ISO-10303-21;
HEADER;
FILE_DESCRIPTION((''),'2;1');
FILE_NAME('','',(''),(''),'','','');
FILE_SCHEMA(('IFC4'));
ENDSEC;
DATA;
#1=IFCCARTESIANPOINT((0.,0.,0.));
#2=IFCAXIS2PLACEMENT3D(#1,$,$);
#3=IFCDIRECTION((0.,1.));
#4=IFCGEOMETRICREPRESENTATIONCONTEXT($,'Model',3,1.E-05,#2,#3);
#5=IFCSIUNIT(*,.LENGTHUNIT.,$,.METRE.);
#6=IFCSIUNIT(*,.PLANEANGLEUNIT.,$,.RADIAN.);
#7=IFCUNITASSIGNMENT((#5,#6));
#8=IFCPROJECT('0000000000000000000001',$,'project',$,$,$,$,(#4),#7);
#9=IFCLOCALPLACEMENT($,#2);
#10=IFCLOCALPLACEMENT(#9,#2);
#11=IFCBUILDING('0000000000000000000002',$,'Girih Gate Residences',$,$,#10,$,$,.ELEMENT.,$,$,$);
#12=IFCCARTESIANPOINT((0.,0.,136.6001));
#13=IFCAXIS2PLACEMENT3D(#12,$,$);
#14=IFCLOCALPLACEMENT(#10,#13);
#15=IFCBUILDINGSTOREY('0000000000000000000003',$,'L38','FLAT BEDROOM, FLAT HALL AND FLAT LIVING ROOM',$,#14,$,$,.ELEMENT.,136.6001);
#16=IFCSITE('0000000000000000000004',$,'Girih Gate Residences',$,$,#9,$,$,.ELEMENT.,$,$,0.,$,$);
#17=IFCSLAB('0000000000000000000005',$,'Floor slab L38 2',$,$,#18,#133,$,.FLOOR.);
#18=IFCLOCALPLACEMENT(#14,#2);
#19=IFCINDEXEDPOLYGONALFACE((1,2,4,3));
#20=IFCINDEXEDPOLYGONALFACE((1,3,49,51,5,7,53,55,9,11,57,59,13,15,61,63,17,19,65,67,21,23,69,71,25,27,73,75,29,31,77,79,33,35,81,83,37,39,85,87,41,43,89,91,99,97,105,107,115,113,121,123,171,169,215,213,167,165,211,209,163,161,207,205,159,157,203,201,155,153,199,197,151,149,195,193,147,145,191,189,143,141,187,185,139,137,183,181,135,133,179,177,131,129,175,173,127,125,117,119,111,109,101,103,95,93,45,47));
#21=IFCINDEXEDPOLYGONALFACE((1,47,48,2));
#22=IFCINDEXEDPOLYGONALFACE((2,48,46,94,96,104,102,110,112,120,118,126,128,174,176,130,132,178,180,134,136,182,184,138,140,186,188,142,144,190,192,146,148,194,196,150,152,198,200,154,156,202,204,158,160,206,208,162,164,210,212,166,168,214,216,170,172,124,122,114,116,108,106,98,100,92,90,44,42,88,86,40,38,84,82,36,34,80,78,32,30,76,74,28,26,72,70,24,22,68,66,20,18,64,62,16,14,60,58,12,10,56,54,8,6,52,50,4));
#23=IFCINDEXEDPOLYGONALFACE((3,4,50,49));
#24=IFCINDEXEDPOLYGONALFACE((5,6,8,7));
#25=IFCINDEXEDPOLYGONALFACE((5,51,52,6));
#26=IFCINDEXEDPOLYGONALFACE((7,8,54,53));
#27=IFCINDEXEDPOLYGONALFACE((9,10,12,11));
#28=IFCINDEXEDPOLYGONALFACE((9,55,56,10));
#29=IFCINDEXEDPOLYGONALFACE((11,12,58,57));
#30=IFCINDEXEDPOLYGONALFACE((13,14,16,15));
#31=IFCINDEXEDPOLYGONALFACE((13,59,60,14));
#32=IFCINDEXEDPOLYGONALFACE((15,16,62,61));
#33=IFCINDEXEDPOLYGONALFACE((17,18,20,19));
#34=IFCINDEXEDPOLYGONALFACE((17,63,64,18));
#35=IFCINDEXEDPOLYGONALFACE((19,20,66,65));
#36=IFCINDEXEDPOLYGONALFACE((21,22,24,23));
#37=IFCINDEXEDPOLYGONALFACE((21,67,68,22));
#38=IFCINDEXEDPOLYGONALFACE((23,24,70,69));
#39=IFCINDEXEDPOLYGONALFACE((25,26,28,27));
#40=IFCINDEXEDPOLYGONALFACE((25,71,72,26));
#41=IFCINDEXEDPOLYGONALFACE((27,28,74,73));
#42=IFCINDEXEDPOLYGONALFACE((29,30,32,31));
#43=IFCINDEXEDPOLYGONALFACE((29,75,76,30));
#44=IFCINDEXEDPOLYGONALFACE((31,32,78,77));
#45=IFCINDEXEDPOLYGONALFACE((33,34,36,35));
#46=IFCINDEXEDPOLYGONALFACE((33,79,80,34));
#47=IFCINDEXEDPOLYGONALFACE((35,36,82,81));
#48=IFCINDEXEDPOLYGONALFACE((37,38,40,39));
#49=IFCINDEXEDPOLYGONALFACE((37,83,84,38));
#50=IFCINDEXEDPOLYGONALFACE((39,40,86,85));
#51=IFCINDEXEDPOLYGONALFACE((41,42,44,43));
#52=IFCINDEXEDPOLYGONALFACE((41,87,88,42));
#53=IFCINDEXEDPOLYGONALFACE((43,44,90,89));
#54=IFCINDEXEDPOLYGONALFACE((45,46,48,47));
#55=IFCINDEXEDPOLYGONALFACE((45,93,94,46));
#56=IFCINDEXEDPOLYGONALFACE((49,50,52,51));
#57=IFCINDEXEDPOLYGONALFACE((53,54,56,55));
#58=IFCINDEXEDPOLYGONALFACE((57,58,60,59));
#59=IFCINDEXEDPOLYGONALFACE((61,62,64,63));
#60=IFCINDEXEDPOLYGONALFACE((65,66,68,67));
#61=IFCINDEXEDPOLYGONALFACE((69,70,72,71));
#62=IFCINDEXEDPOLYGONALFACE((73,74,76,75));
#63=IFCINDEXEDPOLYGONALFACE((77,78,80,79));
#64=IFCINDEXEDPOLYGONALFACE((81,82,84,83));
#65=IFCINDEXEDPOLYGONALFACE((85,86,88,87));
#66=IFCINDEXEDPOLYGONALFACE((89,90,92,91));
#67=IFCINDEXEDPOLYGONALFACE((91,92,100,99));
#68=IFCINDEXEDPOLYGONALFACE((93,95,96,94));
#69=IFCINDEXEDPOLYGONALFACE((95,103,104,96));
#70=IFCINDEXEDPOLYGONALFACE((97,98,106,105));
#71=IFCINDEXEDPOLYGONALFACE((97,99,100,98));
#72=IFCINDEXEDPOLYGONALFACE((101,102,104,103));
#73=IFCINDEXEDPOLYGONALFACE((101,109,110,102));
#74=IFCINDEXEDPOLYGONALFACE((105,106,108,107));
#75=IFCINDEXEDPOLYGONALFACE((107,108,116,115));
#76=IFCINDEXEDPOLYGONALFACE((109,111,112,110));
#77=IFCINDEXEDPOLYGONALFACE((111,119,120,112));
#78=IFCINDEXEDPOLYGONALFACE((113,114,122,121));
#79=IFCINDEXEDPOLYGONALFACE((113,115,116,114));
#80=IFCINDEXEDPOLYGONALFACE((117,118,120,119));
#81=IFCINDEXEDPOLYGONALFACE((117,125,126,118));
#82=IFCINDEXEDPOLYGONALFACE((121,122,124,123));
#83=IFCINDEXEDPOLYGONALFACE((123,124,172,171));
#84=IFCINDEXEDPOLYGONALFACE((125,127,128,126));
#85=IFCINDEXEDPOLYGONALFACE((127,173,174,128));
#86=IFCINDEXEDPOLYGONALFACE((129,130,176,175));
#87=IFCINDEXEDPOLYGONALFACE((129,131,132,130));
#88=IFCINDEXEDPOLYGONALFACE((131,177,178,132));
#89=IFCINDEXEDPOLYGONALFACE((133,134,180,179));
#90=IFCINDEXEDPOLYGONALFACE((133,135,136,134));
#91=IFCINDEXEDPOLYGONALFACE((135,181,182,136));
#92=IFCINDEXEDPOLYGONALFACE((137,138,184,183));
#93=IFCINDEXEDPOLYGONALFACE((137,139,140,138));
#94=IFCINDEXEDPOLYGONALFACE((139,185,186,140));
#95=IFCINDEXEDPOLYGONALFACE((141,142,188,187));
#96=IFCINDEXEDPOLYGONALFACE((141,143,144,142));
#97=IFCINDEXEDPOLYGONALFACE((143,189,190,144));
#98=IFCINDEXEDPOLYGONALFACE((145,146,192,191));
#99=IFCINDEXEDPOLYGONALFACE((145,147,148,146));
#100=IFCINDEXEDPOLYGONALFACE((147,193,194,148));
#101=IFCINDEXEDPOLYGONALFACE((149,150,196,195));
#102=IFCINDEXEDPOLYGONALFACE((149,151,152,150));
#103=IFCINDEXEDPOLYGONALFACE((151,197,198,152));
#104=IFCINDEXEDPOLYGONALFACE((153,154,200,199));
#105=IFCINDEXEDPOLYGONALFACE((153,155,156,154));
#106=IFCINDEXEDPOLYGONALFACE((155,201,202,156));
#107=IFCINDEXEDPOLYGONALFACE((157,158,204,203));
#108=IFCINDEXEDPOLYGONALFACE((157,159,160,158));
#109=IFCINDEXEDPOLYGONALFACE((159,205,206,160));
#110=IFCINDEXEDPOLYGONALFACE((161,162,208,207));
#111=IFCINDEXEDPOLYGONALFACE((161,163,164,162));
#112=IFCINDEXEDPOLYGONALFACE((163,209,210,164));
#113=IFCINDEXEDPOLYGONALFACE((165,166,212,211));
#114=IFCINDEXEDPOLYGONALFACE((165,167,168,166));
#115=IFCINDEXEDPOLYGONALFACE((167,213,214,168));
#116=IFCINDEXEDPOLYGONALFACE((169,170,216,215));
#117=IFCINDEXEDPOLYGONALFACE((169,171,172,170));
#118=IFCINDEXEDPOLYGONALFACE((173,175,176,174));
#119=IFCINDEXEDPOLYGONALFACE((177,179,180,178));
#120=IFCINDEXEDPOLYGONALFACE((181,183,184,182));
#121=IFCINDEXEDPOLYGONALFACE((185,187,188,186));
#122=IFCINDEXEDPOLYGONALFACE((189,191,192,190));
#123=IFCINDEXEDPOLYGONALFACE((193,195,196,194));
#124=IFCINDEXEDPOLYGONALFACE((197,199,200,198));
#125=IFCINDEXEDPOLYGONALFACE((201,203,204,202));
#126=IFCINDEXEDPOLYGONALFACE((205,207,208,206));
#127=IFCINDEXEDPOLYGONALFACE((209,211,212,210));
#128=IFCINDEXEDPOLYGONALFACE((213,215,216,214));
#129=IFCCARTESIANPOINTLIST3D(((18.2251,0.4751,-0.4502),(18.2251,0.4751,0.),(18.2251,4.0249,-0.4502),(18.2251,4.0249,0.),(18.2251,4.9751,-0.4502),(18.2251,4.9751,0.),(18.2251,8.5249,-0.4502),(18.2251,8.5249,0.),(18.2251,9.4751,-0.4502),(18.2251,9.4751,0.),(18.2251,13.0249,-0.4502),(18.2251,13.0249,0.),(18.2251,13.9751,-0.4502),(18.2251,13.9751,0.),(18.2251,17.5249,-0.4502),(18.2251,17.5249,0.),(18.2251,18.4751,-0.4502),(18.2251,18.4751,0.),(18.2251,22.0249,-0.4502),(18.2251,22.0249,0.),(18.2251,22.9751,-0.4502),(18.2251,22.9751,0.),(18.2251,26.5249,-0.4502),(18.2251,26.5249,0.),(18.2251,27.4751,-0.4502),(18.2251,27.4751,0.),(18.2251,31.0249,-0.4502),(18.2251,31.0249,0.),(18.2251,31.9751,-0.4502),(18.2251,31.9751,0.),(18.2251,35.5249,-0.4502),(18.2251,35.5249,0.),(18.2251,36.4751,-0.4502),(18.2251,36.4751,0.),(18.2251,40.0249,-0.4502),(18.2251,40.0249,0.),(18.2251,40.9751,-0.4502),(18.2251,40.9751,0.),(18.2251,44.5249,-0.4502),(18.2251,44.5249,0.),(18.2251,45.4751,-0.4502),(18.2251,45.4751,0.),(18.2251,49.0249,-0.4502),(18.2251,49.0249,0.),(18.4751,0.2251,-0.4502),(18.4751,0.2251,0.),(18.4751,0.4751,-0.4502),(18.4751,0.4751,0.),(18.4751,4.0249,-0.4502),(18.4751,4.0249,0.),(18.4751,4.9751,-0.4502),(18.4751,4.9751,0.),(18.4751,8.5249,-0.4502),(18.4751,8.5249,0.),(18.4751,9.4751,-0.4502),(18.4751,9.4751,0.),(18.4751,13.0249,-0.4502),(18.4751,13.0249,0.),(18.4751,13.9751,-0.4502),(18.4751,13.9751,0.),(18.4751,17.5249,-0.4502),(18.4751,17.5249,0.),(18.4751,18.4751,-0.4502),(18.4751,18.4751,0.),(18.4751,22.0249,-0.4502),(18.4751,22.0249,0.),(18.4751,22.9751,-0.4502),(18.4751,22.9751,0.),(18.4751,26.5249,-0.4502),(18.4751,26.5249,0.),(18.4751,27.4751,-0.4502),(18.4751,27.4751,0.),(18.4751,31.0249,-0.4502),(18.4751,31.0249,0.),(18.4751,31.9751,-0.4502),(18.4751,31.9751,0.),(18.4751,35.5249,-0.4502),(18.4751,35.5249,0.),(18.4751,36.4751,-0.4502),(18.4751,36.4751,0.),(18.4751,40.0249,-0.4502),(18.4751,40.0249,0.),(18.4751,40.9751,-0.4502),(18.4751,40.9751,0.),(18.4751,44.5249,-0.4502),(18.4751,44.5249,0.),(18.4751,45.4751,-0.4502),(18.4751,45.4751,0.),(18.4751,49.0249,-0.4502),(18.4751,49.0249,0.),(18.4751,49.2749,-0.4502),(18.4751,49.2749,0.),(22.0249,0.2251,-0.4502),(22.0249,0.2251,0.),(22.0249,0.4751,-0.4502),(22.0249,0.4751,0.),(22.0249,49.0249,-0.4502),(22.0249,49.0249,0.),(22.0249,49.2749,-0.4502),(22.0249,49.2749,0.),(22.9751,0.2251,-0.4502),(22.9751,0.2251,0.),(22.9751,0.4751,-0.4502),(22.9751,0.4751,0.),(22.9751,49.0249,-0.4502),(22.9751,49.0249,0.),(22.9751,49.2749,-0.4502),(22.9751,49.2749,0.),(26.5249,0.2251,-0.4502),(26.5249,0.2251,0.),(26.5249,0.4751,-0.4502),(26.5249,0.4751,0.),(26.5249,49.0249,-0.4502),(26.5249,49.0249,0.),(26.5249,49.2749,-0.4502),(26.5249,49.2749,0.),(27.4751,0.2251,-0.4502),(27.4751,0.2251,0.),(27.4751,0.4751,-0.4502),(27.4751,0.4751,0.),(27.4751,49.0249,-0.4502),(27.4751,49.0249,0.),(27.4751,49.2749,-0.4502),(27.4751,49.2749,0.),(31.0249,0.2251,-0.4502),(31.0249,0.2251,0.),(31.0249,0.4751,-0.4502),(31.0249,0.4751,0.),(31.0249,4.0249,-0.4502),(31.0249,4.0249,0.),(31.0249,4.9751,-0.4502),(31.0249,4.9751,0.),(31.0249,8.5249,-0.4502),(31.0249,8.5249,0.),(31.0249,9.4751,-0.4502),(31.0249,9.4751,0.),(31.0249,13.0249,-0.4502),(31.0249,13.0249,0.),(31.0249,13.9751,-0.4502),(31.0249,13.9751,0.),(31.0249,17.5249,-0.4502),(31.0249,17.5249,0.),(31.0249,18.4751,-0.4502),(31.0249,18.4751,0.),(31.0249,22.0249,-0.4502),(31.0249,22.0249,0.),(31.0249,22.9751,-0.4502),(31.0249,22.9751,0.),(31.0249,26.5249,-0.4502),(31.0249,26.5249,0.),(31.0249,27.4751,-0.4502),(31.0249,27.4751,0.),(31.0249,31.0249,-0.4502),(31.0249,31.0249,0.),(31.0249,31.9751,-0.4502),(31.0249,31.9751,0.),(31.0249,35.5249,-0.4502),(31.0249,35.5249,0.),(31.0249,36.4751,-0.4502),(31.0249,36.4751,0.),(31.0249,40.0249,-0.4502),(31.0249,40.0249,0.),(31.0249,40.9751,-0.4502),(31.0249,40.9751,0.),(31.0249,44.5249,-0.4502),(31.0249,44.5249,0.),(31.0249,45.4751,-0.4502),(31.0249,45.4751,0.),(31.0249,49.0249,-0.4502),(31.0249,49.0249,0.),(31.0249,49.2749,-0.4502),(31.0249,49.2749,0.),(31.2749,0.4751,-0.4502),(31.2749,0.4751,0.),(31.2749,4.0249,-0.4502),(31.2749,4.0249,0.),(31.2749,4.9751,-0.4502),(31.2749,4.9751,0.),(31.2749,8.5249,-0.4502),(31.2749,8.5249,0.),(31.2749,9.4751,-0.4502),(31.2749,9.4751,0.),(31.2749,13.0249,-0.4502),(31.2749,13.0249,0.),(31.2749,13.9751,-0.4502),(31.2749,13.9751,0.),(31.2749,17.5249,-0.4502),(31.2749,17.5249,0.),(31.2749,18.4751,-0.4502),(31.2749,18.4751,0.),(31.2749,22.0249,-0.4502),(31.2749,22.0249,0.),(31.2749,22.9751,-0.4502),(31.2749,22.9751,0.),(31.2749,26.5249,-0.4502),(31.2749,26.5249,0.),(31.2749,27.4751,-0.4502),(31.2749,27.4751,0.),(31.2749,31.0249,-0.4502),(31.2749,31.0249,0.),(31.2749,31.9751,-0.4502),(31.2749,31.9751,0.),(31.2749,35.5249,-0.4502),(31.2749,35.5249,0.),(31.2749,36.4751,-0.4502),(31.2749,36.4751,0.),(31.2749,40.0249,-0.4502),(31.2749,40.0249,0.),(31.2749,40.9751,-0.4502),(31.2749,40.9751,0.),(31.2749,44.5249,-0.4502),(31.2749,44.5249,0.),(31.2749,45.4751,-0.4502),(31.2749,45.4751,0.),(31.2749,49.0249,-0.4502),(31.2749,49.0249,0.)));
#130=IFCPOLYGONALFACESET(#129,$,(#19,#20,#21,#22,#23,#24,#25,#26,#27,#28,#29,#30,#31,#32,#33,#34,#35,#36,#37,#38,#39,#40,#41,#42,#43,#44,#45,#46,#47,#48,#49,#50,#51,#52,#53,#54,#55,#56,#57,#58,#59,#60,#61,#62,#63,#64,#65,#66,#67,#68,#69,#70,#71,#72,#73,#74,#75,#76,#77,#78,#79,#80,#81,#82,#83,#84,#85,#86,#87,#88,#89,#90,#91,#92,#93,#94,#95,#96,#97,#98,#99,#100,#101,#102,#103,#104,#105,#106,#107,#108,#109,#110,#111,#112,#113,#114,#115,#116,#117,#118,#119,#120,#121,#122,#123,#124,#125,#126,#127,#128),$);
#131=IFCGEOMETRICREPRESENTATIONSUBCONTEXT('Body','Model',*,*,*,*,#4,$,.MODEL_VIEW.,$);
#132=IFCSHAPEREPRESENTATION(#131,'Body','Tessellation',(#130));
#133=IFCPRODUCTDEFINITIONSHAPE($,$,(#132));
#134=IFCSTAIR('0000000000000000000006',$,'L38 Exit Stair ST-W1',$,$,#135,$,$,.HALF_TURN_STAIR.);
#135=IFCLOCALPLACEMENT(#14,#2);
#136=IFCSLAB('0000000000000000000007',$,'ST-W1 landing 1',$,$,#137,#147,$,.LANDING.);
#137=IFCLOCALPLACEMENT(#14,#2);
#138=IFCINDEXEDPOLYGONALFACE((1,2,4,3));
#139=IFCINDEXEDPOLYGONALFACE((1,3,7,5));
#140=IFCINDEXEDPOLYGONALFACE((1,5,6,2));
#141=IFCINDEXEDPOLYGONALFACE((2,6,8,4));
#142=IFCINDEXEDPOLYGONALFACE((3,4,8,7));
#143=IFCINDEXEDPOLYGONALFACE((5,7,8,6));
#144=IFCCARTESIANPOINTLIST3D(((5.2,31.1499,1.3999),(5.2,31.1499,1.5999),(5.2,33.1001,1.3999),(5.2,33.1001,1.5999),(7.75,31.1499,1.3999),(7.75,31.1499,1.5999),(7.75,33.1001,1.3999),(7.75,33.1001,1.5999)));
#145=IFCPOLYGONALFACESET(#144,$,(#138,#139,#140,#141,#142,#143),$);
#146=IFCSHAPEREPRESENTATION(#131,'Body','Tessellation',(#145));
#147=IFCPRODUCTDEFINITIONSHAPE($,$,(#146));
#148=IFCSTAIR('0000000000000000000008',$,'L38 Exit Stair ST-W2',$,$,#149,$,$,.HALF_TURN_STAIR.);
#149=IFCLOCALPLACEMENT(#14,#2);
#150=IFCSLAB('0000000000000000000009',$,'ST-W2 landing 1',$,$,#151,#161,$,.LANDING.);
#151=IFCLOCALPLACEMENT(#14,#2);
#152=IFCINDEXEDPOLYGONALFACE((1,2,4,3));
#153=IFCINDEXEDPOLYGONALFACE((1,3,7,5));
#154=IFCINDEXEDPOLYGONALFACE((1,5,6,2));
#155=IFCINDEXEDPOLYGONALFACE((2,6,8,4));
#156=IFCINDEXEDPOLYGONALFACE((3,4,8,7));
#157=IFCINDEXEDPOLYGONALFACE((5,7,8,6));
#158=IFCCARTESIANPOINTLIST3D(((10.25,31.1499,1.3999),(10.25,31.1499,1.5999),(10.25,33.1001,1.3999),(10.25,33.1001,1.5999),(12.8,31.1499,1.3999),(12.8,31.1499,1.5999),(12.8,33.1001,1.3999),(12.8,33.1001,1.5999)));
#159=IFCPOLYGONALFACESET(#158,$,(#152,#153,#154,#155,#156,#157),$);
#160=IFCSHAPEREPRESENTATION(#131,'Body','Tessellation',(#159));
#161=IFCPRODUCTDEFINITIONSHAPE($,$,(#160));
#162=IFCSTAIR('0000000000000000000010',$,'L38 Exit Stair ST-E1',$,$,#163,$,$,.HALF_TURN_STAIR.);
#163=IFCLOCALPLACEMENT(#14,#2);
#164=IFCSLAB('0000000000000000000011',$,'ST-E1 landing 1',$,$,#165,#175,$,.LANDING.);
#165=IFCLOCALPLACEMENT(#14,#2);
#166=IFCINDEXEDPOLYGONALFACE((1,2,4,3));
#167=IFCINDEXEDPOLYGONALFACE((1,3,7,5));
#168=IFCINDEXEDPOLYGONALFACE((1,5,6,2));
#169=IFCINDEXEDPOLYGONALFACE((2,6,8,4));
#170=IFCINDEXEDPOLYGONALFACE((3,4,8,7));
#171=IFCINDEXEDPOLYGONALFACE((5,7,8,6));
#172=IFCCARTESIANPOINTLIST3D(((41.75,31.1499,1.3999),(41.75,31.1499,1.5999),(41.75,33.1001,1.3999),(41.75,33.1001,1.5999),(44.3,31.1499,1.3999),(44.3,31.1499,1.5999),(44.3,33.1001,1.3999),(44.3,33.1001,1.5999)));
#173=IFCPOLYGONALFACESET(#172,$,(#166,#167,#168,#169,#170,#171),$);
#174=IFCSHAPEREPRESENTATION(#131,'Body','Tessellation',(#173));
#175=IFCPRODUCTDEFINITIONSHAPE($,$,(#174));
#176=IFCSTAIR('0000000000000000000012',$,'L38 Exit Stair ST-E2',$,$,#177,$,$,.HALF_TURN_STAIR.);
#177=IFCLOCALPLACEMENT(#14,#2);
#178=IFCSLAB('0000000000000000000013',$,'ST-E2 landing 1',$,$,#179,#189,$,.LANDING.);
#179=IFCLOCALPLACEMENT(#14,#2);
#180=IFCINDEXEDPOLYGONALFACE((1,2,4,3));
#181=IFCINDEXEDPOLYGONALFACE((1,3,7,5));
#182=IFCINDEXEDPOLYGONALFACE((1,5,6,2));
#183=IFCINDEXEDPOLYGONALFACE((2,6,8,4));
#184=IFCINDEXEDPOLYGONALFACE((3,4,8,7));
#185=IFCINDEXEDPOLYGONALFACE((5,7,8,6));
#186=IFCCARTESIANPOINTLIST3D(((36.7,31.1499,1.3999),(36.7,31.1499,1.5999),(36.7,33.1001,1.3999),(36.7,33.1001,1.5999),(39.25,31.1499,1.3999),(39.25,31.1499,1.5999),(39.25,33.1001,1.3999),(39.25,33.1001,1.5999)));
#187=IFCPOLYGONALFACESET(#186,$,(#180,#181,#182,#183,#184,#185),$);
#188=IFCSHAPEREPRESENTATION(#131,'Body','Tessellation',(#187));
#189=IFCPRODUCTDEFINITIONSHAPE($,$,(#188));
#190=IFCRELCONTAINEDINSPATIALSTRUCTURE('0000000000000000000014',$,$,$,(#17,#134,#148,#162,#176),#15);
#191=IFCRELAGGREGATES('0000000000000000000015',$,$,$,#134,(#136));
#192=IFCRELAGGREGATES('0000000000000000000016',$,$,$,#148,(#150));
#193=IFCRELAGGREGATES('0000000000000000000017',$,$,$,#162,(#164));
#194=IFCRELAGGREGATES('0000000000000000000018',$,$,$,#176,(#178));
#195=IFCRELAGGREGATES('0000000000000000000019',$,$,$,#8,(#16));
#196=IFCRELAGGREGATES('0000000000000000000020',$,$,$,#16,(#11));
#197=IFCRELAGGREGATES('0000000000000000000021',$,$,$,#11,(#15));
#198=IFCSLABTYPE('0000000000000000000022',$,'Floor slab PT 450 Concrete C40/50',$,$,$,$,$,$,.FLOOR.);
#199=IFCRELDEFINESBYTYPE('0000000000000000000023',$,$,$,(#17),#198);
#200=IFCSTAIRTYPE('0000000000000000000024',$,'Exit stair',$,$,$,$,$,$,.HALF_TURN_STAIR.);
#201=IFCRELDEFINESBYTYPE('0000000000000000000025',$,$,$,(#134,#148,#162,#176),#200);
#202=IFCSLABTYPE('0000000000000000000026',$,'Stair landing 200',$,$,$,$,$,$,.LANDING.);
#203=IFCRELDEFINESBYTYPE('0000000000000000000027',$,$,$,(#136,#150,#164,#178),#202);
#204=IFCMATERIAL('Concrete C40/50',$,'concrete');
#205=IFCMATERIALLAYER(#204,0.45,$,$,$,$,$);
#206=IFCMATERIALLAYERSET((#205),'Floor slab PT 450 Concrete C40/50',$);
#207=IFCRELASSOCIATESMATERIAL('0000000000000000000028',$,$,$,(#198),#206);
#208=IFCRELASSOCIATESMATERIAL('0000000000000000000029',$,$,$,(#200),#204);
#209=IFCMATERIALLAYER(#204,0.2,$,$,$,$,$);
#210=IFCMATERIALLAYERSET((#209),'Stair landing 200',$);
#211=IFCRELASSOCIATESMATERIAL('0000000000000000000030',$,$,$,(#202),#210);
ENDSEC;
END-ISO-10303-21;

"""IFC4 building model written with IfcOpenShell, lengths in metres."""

from ifc_helpers import new_model, si_unit, direction, frame, origin, place, context, subcontext, project, spatial, polyline, outline, extrude, material, layer, layer_set, type_object, element, aggregate, save


model = new_model("IFC4")

# Units and contexts
model_context = context("Model", 3, precision=1e-05, world=origin(), true_north=direction((0.0, 1.0)))
body_context = subcontext(model_context, "Body", "Model", "MODEL_VIEW")
ifc_project = project(units=[si_unit("LENGTHUNIT", "METRE"), si_unit("PLANEANGLEUNIT", "RADIAN")], contexts=[model_context])

# Site, building, storey
site_placement = place(None, origin())
site = spatial("IfcSite", under=ifc_project, at=site_placement, Name="Girih Gate Residences", CompositionType="ELEMENT", RefElevation=0.0)
building_placement = place(site_placement, origin())
building = spatial("IfcBuilding", under=site, at=building_placement, Name="Girih Gate Residences", CompositionType="ELEMENT")
storey_placement = place(building_placement, frame((0.0, 0.0, 136.6001)))
storey = spatial("IfcBuildingStorey", under=building, at=storey_placement, Name="L38", Description="FLAT BEDROOM, FLAT HALL AND FLAT LIVING ROOM", CompositionType="ELEMENT", Elevation=136.6001)

# Slab
ifc_material_1 = material(Name="Concrete C40/50", Category="concrete")
ifc_layer_1 = layer(ifc_material_1, 0.45)
ifc_layer_set_1 = layer_set([ifc_layer_1], Name="Floor slab PT 450 Concrete C40/50")
slab_type_1 = type_object("IfcSlabType", Name="Floor slab PT 450 Concrete C40/50", PredefinedType="FLOOR", material=ifc_layer_set_1)
slab_1_placement = place(storey_placement, frame((0.0, 0.0, -0.4502)))
element("IfcSlab", 1, at=slab_1_placement, inside=storey, type_object=slab_type_1, Name="Floor slab L38 2", PredefinedType="FLOOR", context=body_context, shape_type="SweptSolid", body=[
    extrude(outline(polyline([(22.0249, 49.2749), (18.4751, 49.2749), (18.4751, 49.0249), (18.2251, 49.0249), (18.2251, 45.4751), (18.4751, 45.4751), (18.4751, 44.5249), (18.2251, 44.5249), (18.2251, 40.9751), (18.4751, 40.9751), (18.4751, 40.0249), (18.2251, 40.0249), (18.2251, 36.4751), (18.4751, 36.4751), (18.4751, 35.5249), (18.2251, 35.5249), (18.2251, 31.9751), (18.4751, 31.9751), (18.4751, 31.0249), (18.2251, 31.0249), (18.2251, 27.4751), (18.4751, 27.4751), (18.4751, 26.5249), (18.2251, 26.5249), (18.2251, 22.9751), (18.4751, 22.9751), (18.4751, 22.0249), (18.2251, 22.0249), (18.2251, 18.4751), (18.4751, 18.4751), (18.4751, 17.5249), (18.2251, 17.5249), (18.2251, 13.9751), (18.4751, 13.9751), (18.4751, 13.0249), (18.2251, 13.0249), (18.2251, 9.4751), (18.4751, 9.4751), (18.4751, 8.5249), (18.2251, 8.5249), (18.2251, 4.9751), (18.4751, 4.9751), (18.4751, 4.0249), (18.2251, 4.0249), (18.2251, 0.4751), (18.4751, 0.4751), (18.4751, 0.2251), (22.0249, 0.2251), (22.0249, 0.4751), (22.9751, 0.4751), (22.9751, 0.2251), (26.5249, 0.2251), (26.5249, 0.4751), (27.4751, 0.4751), (27.4751, 0.2251), (31.0249, 0.2251), (31.0249, 0.4751), (31.2749, 0.4751), (31.2749, 4.0249), (31.0249, 4.0249), (31.0249, 4.9751), (31.2749, 4.9751), (31.2749, 8.5249), (31.0249, 8.5249), (31.0249, 9.4751), (31.2749, 9.4751), (31.2749, 13.0249), (31.0249, 13.0249), (31.0249, 13.9751), (31.2749, 13.9751), (31.2749, 17.5249), (31.0249, 17.5249), (31.0249, 18.4751), (31.2749, 18.4751), (31.2749, 22.0249), (31.0249, 22.0249), (31.0249, 22.9751), (31.2749, 22.9751), (31.2749, 26.5249), (31.0249, 26.5249), (31.0249, 27.4751), (31.2749, 27.4751), (31.2749, 31.0249), (31.0249, 31.0249), (31.0249, 31.9751), (31.2749, 31.9751), (31.2749, 35.5249), (31.0249, 35.5249), (31.0249, 36.4751), (31.2749, 36.4751), (31.2749, 40.0249), (31.0249, 40.0249), (31.0249, 40.9751), (31.2749, 40.9751), (31.2749, 44.5249), (31.0249, 44.5249), (31.0249, 45.4751), (31.2749, 45.4751), (31.2749, 49.0249), (31.0249, 49.0249), (31.0249, 49.2749), (27.4751, 49.2749), (27.4751, 49.0249), (26.5249, 49.0249), (26.5249, 49.2749), (22.9751, 49.2749), (22.9751, 49.0249), (22.0249, 49.0249), (22.0249, 49.2749)])), origin(), (0.0, 0.0, 1.0), 0.4502),
])

# Stairs, slabs
stair_type = type_object("IfcStairType", Name="Exit stair", PredefinedType="HALF_TURN_STAIR", material=ifc_material_1)
stair_1_placement = place(storey_placement, origin())
stair_1 = element("IfcStair", 2, at=stair_1_placement, inside=storey, type_object=stair_type, Name="L38 Exit Stair ST-W1", PredefinedType="HALF_TURN_STAIR")
ifc_layer_2 = layer(ifc_material_1, 0.2)
ifc_layer_set_2 = layer_set([ifc_layer_2], Name="Stair landing 200")
slab_type_2 = type_object("IfcSlabType", Name="Stair landing 200", PredefinedType="LANDING", material=ifc_layer_set_2)
slab_2_placement = place(storey_placement, frame((0.0, 0.0, 1.3999)))
slab_2 = element("IfcSlab", 3, at=slab_2_placement, type_object=slab_type_2, Name="ST-W1 landing 1", PredefinedType="LANDING", context=body_context, shape_type="SweptSolid", body=[
    extrude(outline(polyline([(7.75, 31.1499), (7.75, 33.1001), (5.2, 33.1001), (5.2, 31.1499), (7.75, 31.1499)])), origin(), (0.0, 0.0, 1.0), 0.2),
])
aggregate(stair_1, [slab_2])
stair_2_placement = place(storey_placement, origin())
stair_2 = element("IfcStair", 4, at=stair_2_placement, inside=storey, type_object=stair_type, Name="L38 Exit Stair ST-W2", PredefinedType="HALF_TURN_STAIR")
slab_3_placement = place(storey_placement, frame((0.0, 0.0, 1.3999)))
slab_3 = element("IfcSlab", 5, at=slab_3_placement, type_object=slab_type_2, Name="ST-W2 landing 1", PredefinedType="LANDING", context=body_context, shape_type="SweptSolid", body=[
    extrude(outline(polyline([(12.8, 31.1499), (12.8, 33.1001), (10.25, 33.1001), (10.25, 31.1499), (12.8, 31.1499)])), origin(), (0.0, 0.0, 1.0), 0.2),
])
aggregate(stair_2, [slab_3])
stair_3_placement = place(storey_placement, origin())
stair_3 = element("IfcStair", 6, at=stair_3_placement, inside=storey, type_object=stair_type, Name="L38 Exit Stair ST-E1", PredefinedType="HALF_TURN_STAIR")
slab_4_placement = place(storey_placement, frame((0.0, 0.0, 1.3999)))
slab_4 = element("IfcSlab", 7, at=slab_4_placement, type_object=slab_type_2, Name="ST-E1 landing 1", PredefinedType="LANDING", context=body_context, shape_type="SweptSolid", body=[
    extrude(outline(polyline([(44.3, 31.1499), (44.3, 33.1001), (41.75, 33.1001), (41.75, 31.1499), (44.3, 31.1499)])), origin(), (0.0, 0.0, 1.0), 0.2),
])
aggregate(stair_3, [slab_4])
stair_4_placement = place(storey_placement, origin())
stair_4 = element("IfcStair", 8, at=stair_4_placement, inside=storey, type_object=stair_type, Name="L38 Exit Stair ST-E2", PredefinedType="HALF_TURN_STAIR")
slab_5_placement = place(storey_placement, frame((0.0, 0.0, 1.3999)))
slab_5 = element("IfcSlab", 9, at=slab_5_placement, type_object=slab_type_2, Name="ST-E2 landing 1", PredefinedType="LANDING", context=body_context, shape_type="SweptSolid", body=[
    extrude(outline(polyline([(39.25, 31.1499), (39.25, 33.1001), (36.7, 33.1001), (36.7, 31.1499), (39.25, 31.1499)])), origin(), (0.0, 0.0, 1.0), 0.2),
])
aggregate(stair_4, [slab_5])

save(model, "model.ifc")
